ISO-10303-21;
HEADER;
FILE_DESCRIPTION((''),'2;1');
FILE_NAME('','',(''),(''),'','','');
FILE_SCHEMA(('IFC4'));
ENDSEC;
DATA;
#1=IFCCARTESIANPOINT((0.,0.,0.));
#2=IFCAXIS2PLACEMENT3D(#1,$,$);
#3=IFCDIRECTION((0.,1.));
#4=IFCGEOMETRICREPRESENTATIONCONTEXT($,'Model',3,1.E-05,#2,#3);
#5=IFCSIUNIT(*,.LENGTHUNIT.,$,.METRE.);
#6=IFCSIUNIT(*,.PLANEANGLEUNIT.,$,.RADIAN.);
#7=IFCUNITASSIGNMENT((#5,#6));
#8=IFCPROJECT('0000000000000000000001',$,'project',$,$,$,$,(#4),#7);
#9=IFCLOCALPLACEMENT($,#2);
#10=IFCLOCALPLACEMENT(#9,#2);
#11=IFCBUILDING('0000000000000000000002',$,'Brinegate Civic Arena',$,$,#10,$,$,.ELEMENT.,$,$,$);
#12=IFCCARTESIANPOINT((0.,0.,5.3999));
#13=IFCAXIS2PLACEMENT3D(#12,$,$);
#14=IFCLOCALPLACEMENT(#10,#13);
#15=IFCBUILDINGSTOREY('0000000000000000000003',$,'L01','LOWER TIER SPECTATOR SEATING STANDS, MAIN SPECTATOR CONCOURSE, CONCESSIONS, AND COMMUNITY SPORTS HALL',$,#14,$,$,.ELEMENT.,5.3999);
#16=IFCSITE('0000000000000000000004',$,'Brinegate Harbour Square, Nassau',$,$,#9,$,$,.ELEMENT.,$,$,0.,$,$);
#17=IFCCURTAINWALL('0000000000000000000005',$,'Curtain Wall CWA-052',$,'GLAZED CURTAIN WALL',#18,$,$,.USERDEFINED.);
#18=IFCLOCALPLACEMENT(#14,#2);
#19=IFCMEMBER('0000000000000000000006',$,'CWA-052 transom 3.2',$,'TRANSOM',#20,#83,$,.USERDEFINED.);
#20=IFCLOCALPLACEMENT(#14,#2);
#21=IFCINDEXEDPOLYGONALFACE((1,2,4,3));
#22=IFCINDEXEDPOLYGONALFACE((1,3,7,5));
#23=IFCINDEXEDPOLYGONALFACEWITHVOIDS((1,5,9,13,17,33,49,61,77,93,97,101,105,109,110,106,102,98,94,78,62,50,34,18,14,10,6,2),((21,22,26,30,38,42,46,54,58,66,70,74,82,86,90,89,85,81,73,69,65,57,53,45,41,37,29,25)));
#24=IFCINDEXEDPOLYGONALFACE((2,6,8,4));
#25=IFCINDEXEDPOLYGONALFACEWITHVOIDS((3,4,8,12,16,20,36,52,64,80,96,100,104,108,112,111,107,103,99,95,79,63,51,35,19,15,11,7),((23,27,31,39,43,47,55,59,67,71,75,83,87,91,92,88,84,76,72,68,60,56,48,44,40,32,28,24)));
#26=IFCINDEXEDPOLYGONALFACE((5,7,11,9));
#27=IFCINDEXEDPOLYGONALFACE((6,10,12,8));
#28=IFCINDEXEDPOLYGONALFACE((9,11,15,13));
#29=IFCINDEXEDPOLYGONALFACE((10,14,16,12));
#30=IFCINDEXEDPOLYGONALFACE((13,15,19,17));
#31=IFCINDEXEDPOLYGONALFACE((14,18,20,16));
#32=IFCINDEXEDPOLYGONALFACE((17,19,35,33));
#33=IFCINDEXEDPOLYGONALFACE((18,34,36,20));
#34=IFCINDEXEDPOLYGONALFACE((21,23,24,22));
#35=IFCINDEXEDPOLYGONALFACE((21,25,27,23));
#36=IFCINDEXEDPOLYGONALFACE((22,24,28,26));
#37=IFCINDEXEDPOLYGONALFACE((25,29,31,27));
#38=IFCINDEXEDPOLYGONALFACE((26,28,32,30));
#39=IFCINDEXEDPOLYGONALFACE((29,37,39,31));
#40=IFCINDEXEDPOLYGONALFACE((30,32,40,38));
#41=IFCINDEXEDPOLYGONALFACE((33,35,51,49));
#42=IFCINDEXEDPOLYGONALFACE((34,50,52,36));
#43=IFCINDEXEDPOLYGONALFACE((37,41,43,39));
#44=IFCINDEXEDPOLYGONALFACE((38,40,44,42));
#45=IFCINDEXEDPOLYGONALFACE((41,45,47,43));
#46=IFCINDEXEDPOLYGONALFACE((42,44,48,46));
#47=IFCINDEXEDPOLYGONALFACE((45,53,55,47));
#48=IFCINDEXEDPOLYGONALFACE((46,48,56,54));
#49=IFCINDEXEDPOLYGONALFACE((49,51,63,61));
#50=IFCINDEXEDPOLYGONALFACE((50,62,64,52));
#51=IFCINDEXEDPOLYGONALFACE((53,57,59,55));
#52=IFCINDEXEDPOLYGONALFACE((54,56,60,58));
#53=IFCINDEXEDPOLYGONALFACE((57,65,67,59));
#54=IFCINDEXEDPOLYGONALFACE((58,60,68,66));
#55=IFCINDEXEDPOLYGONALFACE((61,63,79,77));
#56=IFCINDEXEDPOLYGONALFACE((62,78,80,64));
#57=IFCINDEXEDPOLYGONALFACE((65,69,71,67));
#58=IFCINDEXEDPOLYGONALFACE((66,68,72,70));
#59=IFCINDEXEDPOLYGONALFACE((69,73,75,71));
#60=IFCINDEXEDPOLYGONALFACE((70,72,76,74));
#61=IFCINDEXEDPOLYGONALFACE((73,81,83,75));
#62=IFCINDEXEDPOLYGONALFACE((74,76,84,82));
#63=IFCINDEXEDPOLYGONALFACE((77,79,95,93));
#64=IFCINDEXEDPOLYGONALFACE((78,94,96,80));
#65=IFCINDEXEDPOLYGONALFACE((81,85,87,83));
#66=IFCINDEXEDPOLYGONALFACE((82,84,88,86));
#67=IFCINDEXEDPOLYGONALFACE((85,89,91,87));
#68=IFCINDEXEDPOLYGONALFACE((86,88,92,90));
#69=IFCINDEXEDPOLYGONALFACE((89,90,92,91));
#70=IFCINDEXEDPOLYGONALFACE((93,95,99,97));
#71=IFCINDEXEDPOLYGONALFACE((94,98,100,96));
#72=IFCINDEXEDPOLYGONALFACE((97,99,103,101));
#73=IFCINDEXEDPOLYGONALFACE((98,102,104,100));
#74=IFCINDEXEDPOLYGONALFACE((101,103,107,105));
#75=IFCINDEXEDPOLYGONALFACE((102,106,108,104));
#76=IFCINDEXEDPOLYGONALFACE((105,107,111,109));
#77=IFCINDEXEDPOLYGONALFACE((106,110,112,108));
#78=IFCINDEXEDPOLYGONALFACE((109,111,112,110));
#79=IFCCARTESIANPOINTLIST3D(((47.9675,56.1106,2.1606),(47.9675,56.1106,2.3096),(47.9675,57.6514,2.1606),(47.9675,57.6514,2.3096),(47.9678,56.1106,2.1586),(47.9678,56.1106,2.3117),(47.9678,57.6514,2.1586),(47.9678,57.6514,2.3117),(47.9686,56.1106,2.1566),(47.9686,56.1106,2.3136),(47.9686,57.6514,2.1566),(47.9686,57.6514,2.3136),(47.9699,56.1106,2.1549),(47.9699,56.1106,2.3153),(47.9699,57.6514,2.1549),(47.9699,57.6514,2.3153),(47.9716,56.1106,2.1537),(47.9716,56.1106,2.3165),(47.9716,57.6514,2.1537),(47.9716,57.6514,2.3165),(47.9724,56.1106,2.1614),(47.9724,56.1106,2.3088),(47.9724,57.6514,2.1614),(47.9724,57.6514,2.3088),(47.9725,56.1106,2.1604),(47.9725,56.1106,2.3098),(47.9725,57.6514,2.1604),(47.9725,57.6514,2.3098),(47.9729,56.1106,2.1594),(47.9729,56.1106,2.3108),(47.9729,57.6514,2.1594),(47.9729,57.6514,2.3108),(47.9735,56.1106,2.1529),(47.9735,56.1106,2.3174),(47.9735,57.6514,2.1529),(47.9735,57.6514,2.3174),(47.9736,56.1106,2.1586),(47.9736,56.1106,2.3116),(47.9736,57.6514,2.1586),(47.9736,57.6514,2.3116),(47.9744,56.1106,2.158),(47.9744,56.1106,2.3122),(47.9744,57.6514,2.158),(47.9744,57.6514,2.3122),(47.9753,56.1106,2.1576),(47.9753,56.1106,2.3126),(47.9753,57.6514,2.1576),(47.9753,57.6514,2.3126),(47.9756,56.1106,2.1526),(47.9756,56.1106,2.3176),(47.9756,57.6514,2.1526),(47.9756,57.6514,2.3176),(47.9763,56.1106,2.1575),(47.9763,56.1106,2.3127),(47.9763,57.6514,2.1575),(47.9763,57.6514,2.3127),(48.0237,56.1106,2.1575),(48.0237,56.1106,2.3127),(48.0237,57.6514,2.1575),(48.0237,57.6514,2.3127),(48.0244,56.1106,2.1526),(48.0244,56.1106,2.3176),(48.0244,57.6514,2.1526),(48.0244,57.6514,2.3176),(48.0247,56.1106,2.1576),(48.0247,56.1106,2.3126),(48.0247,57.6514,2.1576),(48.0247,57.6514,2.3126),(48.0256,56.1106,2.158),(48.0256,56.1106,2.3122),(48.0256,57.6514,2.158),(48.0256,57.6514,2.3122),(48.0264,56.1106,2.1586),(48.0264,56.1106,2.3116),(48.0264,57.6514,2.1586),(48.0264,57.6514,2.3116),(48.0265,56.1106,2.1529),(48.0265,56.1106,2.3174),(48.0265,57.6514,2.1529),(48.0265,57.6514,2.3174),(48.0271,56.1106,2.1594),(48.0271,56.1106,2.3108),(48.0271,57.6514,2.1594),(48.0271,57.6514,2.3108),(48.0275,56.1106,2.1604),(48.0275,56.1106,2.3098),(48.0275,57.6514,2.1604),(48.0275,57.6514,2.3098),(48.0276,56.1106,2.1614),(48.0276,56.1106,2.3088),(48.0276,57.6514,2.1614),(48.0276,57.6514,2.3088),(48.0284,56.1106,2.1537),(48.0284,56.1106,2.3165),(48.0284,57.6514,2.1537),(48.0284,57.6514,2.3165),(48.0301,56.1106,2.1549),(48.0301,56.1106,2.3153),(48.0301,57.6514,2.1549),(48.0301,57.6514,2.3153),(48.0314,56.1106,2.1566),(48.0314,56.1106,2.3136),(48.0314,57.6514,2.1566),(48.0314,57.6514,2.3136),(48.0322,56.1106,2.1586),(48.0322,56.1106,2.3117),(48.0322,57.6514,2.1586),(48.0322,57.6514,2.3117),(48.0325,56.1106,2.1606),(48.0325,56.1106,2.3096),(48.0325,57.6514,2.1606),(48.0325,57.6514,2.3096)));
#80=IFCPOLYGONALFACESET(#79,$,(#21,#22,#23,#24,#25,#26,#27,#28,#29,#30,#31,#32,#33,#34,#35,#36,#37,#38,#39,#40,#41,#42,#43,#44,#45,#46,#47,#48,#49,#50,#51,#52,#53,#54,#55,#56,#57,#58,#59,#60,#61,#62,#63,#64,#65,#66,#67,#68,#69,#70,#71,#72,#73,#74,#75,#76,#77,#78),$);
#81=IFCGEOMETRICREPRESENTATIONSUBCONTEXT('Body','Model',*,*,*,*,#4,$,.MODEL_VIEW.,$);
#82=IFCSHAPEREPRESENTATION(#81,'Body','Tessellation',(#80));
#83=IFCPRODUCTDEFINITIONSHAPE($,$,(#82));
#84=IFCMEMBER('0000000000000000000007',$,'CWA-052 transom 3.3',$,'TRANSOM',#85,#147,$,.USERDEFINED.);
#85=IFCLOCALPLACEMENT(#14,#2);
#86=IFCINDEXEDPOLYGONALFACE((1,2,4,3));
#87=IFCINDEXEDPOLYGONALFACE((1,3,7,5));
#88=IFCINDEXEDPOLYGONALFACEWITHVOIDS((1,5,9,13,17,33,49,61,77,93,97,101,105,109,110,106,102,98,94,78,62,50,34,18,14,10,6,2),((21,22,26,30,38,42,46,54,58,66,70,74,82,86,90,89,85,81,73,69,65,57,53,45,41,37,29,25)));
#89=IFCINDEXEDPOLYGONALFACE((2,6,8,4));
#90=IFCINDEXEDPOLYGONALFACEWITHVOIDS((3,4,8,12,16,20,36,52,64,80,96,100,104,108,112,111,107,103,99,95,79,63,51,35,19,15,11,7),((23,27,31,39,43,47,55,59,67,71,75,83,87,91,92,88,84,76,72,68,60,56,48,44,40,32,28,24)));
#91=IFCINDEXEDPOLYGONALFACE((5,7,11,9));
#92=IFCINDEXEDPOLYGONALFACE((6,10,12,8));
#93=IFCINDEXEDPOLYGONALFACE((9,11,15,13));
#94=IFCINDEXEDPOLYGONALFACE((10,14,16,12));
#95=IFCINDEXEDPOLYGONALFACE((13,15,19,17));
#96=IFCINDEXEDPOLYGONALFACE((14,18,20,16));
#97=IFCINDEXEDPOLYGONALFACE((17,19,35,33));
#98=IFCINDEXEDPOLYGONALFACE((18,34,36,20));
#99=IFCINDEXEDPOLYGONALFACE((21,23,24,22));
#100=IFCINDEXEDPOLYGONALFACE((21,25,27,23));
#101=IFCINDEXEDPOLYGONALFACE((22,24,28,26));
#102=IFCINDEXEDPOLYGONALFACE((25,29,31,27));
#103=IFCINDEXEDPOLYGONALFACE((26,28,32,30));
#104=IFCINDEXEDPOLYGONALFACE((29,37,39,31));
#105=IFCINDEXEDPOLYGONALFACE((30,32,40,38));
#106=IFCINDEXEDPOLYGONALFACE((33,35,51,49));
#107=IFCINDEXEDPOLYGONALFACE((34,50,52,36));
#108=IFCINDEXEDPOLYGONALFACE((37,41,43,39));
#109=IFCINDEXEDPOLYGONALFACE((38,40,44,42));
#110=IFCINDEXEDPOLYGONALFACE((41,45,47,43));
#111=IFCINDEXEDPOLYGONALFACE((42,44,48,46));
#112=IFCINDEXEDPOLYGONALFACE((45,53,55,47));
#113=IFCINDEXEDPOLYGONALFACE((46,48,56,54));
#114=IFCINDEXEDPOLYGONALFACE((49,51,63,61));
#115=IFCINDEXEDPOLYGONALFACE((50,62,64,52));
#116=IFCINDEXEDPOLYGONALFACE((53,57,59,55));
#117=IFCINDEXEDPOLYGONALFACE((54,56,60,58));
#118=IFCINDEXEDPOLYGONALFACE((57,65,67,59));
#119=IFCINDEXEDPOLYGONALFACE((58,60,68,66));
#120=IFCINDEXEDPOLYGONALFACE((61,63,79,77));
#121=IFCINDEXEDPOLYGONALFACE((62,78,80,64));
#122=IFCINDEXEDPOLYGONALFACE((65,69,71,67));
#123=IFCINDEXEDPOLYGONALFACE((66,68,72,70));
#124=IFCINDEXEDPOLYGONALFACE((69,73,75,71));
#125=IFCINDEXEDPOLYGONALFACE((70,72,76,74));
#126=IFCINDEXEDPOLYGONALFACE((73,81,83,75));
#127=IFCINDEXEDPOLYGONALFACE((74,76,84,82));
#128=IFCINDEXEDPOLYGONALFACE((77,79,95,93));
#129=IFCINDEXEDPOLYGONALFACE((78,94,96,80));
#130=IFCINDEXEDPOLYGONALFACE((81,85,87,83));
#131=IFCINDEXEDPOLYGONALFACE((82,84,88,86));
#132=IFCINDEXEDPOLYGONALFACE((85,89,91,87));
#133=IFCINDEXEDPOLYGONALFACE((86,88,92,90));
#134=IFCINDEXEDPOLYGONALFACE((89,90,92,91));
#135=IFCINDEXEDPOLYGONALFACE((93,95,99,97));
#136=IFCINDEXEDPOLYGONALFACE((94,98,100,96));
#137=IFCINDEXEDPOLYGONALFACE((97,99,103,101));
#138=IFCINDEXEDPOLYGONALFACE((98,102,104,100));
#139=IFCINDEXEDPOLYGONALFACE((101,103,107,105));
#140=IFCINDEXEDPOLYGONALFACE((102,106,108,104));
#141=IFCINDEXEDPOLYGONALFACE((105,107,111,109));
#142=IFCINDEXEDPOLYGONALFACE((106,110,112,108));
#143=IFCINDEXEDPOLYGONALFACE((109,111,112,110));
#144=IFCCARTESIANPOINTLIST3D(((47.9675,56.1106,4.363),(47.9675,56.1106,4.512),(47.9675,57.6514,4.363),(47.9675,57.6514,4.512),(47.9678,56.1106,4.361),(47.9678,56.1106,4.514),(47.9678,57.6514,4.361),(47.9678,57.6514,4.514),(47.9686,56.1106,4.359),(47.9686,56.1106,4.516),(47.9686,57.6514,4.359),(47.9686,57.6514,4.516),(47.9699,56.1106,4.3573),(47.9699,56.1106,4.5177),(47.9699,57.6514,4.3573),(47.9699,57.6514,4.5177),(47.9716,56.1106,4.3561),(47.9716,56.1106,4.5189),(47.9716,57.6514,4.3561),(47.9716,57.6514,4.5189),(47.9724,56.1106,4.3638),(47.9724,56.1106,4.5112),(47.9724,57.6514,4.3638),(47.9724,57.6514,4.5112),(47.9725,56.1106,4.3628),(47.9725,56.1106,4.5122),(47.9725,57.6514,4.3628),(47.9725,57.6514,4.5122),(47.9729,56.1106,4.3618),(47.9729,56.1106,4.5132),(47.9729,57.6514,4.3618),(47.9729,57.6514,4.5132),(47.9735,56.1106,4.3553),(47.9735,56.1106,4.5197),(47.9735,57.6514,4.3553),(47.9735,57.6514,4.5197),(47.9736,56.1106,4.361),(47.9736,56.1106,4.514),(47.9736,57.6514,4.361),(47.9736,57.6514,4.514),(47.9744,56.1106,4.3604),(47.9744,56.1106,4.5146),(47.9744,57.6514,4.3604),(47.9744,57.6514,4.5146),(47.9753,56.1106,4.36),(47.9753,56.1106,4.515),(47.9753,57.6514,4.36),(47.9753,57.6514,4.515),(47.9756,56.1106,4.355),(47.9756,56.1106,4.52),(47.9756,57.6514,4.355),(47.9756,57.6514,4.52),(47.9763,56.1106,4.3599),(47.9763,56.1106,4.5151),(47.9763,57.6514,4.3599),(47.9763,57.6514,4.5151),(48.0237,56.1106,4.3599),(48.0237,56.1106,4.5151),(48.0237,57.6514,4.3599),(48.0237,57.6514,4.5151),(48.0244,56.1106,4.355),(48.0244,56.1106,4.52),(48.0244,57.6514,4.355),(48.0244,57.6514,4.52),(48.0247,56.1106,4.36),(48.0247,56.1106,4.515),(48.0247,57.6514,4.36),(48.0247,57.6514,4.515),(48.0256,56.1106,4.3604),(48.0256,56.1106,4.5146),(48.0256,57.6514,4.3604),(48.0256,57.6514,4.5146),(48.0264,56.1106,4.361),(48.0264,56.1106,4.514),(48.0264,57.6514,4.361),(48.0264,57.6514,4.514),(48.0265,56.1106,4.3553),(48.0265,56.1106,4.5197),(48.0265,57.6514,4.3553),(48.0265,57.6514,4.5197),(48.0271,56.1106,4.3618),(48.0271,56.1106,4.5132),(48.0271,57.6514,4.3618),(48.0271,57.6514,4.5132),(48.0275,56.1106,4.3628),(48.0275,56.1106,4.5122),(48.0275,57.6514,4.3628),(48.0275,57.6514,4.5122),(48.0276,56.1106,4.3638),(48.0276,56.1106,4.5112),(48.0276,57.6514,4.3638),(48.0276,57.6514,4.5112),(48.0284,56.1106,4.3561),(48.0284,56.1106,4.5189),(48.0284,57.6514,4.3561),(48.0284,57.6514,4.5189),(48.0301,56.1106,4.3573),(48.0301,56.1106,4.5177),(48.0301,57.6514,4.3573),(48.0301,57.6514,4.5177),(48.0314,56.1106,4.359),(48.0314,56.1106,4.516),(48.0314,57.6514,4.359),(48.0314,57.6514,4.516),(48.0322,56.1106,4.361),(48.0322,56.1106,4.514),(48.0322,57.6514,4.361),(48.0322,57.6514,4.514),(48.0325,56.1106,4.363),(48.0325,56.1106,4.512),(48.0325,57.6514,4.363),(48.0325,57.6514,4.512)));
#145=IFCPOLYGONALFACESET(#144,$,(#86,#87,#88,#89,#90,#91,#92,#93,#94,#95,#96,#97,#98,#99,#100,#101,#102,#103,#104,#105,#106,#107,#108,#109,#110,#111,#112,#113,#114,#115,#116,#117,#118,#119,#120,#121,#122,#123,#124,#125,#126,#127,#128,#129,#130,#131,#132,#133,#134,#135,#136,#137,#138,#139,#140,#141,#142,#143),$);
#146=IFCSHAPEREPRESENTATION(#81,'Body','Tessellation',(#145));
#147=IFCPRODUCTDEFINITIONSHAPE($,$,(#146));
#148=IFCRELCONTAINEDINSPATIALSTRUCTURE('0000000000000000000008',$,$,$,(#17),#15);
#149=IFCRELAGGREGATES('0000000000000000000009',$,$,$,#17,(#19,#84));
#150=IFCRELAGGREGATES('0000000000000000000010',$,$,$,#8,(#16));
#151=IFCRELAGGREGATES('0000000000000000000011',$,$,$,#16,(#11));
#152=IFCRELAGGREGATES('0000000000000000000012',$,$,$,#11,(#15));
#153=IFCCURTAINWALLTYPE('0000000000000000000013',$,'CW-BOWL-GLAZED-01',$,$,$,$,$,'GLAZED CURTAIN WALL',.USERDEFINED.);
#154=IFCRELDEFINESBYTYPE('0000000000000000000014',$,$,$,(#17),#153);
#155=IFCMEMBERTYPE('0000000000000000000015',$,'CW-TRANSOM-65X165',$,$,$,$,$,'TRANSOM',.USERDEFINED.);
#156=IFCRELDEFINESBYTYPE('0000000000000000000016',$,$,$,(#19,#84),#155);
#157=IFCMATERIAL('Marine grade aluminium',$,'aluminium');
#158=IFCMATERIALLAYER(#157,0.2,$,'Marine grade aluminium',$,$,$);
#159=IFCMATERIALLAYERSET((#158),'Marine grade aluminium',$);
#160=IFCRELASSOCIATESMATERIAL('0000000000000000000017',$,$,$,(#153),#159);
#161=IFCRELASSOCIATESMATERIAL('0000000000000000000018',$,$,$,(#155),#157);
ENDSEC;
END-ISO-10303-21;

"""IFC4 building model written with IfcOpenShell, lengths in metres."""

from ifc_helpers import new_model, si_unit, direction, frame, origin, origin_2d, place, context, subcontext, project, spatial, hollow_rectangle, extrude, material, layer, layer_set, material_profile, profile_set, type_object, element, aggregate, save


model = new_model("IFC4")

# Units and contexts
model_context = context("Model", 3, precision=1e-05, world=origin(), true_north=direction((0.0, 1.0)))
body_context = subcontext(model_context, "Body", "Model", "MODEL_VIEW")
ifc_project = project(units=[si_unit("LENGTHUNIT", "METRE"), si_unit("PLANEANGLEUNIT", "RADIAN")], contexts=[model_context])

# Site, building, storey
site_placement = place(None, origin())
site = spatial("IfcSite", under=ifc_project, at=site_placement, Name="Brinegate Harbour Square, Nassau", CompositionType="ELEMENT", RefElevation=0.0)
building_placement = place(site_placement, origin())
building = spatial("IfcBuilding", under=site, at=building_placement, Name="Brinegate Civic Arena", CompositionType="ELEMENT")
storey_placement = place(building_placement, frame((0.0, 0.0, 5.3999)))
storey = spatial("IfcBuildingStorey", under=building, at=storey_placement, Name="L01", Description="LOWER TIER SPECTATOR SEATING STANDS, MAIN SPECTATOR CONCOURSE, CONCESSIONS, AND COMMUNITY SPORTS HALL", CompositionType="ELEMENT", Elevation=5.3999)

# Curtain wall, members
ifc_material_1 = material(Name="Marine grade aluminium", Category="aluminium")
ifc_layer_1 = layer(ifc_material_1, 0.2, Name="Marine grade aluminium")
ifc_layer_set_1 = layer_set([ifc_layer_1], Name="Marine grade aluminium")
curtain_wall_type = type_object("IfcCurtainWallType", Name="CW-BOWL-GLAZED-01", ElementType="GLAZED CURTAIN WALL", PredefinedType="USERDEFINED", material=ifc_layer_set_1)
curtain_wall_placement = place(storey_placement, origin())
curtain_wall = element("IfcCurtainWall", 1, at=curtain_wall_placement, inside=storey, type_object=curtain_wall_type, Name="Curtain Wall CWA-052", ObjectType="GLAZED CURTAIN WALL", PredefinedType="USERDEFINED")
ifc_material_profile_1 = material_profile(ifc_material_1, hollow_rectangle(XDim=0.0649, YDim=0.165, WallThickness=0.0049, InnerFilletRadius=0.0039, OuterFilletRadius=0.0081, at=origin_2d()), Name="TRN65X165")
ifc_profile_set_1 = profile_set([ifc_material_profile_1], Name="Marine grade aluminium")
member_type_1 = type_object("IfcMemberType", Name="CW-TRANSOM-65X165", ElementType="TRANSOM", PredefinedType="USERDEFINED", material=ifc_profile_set_1)
member_1_placement = place(storey_placement, frame((48.0, 56.1106, 2.2351), z_axis=(0.0, 1.0, 0.0), x_axis=(-1.0, 0.0, 0.0)))
member_1 = element("IfcMember", 2, at=member_1_placement, type_object=member_type_1, Name="CWA-052 transom 3.2", ObjectType="TRANSOM", PredefinedType="USERDEFINED", context=body_context, shape_type="SweptSolid", body=[
    extrude(hollow_rectangle(XDim=0.0649, YDim=0.165, WallThickness=0.0049, InnerFilletRadius=0.0039, OuterFilletRadius=0.0081, at=origin_2d()), origin(), (0.0, 0.0, 1.0), 1.5408),
])
member_2_placement = place(storey_placement, frame((48.0, 56.1106, 4.4375), z_axis=(0.0, 1.0, 0.0), x_axis=(-1.0, 0.0, 0.0)))
member_2 = element("IfcMember", 3, at=member_2_placement, type_object=member_type_1, Name="CWA-052 transom 3.3", ObjectType="TRANSOM", PredefinedType="USERDEFINED", context=body_context, shape_type="SweptSolid", body=[
    extrude(hollow_rectangle(XDim=0.0649, YDim=0.165, WallThickness=0.0049, InnerFilletRadius=0.0039, OuterFilletRadius=0.0081, at=origin_2d()), origin(), (0.0, 0.0, 1.0), 1.5408),
])
aggregate(curtain_wall, [member_1, member_2])

save(model, "model.ifc")
